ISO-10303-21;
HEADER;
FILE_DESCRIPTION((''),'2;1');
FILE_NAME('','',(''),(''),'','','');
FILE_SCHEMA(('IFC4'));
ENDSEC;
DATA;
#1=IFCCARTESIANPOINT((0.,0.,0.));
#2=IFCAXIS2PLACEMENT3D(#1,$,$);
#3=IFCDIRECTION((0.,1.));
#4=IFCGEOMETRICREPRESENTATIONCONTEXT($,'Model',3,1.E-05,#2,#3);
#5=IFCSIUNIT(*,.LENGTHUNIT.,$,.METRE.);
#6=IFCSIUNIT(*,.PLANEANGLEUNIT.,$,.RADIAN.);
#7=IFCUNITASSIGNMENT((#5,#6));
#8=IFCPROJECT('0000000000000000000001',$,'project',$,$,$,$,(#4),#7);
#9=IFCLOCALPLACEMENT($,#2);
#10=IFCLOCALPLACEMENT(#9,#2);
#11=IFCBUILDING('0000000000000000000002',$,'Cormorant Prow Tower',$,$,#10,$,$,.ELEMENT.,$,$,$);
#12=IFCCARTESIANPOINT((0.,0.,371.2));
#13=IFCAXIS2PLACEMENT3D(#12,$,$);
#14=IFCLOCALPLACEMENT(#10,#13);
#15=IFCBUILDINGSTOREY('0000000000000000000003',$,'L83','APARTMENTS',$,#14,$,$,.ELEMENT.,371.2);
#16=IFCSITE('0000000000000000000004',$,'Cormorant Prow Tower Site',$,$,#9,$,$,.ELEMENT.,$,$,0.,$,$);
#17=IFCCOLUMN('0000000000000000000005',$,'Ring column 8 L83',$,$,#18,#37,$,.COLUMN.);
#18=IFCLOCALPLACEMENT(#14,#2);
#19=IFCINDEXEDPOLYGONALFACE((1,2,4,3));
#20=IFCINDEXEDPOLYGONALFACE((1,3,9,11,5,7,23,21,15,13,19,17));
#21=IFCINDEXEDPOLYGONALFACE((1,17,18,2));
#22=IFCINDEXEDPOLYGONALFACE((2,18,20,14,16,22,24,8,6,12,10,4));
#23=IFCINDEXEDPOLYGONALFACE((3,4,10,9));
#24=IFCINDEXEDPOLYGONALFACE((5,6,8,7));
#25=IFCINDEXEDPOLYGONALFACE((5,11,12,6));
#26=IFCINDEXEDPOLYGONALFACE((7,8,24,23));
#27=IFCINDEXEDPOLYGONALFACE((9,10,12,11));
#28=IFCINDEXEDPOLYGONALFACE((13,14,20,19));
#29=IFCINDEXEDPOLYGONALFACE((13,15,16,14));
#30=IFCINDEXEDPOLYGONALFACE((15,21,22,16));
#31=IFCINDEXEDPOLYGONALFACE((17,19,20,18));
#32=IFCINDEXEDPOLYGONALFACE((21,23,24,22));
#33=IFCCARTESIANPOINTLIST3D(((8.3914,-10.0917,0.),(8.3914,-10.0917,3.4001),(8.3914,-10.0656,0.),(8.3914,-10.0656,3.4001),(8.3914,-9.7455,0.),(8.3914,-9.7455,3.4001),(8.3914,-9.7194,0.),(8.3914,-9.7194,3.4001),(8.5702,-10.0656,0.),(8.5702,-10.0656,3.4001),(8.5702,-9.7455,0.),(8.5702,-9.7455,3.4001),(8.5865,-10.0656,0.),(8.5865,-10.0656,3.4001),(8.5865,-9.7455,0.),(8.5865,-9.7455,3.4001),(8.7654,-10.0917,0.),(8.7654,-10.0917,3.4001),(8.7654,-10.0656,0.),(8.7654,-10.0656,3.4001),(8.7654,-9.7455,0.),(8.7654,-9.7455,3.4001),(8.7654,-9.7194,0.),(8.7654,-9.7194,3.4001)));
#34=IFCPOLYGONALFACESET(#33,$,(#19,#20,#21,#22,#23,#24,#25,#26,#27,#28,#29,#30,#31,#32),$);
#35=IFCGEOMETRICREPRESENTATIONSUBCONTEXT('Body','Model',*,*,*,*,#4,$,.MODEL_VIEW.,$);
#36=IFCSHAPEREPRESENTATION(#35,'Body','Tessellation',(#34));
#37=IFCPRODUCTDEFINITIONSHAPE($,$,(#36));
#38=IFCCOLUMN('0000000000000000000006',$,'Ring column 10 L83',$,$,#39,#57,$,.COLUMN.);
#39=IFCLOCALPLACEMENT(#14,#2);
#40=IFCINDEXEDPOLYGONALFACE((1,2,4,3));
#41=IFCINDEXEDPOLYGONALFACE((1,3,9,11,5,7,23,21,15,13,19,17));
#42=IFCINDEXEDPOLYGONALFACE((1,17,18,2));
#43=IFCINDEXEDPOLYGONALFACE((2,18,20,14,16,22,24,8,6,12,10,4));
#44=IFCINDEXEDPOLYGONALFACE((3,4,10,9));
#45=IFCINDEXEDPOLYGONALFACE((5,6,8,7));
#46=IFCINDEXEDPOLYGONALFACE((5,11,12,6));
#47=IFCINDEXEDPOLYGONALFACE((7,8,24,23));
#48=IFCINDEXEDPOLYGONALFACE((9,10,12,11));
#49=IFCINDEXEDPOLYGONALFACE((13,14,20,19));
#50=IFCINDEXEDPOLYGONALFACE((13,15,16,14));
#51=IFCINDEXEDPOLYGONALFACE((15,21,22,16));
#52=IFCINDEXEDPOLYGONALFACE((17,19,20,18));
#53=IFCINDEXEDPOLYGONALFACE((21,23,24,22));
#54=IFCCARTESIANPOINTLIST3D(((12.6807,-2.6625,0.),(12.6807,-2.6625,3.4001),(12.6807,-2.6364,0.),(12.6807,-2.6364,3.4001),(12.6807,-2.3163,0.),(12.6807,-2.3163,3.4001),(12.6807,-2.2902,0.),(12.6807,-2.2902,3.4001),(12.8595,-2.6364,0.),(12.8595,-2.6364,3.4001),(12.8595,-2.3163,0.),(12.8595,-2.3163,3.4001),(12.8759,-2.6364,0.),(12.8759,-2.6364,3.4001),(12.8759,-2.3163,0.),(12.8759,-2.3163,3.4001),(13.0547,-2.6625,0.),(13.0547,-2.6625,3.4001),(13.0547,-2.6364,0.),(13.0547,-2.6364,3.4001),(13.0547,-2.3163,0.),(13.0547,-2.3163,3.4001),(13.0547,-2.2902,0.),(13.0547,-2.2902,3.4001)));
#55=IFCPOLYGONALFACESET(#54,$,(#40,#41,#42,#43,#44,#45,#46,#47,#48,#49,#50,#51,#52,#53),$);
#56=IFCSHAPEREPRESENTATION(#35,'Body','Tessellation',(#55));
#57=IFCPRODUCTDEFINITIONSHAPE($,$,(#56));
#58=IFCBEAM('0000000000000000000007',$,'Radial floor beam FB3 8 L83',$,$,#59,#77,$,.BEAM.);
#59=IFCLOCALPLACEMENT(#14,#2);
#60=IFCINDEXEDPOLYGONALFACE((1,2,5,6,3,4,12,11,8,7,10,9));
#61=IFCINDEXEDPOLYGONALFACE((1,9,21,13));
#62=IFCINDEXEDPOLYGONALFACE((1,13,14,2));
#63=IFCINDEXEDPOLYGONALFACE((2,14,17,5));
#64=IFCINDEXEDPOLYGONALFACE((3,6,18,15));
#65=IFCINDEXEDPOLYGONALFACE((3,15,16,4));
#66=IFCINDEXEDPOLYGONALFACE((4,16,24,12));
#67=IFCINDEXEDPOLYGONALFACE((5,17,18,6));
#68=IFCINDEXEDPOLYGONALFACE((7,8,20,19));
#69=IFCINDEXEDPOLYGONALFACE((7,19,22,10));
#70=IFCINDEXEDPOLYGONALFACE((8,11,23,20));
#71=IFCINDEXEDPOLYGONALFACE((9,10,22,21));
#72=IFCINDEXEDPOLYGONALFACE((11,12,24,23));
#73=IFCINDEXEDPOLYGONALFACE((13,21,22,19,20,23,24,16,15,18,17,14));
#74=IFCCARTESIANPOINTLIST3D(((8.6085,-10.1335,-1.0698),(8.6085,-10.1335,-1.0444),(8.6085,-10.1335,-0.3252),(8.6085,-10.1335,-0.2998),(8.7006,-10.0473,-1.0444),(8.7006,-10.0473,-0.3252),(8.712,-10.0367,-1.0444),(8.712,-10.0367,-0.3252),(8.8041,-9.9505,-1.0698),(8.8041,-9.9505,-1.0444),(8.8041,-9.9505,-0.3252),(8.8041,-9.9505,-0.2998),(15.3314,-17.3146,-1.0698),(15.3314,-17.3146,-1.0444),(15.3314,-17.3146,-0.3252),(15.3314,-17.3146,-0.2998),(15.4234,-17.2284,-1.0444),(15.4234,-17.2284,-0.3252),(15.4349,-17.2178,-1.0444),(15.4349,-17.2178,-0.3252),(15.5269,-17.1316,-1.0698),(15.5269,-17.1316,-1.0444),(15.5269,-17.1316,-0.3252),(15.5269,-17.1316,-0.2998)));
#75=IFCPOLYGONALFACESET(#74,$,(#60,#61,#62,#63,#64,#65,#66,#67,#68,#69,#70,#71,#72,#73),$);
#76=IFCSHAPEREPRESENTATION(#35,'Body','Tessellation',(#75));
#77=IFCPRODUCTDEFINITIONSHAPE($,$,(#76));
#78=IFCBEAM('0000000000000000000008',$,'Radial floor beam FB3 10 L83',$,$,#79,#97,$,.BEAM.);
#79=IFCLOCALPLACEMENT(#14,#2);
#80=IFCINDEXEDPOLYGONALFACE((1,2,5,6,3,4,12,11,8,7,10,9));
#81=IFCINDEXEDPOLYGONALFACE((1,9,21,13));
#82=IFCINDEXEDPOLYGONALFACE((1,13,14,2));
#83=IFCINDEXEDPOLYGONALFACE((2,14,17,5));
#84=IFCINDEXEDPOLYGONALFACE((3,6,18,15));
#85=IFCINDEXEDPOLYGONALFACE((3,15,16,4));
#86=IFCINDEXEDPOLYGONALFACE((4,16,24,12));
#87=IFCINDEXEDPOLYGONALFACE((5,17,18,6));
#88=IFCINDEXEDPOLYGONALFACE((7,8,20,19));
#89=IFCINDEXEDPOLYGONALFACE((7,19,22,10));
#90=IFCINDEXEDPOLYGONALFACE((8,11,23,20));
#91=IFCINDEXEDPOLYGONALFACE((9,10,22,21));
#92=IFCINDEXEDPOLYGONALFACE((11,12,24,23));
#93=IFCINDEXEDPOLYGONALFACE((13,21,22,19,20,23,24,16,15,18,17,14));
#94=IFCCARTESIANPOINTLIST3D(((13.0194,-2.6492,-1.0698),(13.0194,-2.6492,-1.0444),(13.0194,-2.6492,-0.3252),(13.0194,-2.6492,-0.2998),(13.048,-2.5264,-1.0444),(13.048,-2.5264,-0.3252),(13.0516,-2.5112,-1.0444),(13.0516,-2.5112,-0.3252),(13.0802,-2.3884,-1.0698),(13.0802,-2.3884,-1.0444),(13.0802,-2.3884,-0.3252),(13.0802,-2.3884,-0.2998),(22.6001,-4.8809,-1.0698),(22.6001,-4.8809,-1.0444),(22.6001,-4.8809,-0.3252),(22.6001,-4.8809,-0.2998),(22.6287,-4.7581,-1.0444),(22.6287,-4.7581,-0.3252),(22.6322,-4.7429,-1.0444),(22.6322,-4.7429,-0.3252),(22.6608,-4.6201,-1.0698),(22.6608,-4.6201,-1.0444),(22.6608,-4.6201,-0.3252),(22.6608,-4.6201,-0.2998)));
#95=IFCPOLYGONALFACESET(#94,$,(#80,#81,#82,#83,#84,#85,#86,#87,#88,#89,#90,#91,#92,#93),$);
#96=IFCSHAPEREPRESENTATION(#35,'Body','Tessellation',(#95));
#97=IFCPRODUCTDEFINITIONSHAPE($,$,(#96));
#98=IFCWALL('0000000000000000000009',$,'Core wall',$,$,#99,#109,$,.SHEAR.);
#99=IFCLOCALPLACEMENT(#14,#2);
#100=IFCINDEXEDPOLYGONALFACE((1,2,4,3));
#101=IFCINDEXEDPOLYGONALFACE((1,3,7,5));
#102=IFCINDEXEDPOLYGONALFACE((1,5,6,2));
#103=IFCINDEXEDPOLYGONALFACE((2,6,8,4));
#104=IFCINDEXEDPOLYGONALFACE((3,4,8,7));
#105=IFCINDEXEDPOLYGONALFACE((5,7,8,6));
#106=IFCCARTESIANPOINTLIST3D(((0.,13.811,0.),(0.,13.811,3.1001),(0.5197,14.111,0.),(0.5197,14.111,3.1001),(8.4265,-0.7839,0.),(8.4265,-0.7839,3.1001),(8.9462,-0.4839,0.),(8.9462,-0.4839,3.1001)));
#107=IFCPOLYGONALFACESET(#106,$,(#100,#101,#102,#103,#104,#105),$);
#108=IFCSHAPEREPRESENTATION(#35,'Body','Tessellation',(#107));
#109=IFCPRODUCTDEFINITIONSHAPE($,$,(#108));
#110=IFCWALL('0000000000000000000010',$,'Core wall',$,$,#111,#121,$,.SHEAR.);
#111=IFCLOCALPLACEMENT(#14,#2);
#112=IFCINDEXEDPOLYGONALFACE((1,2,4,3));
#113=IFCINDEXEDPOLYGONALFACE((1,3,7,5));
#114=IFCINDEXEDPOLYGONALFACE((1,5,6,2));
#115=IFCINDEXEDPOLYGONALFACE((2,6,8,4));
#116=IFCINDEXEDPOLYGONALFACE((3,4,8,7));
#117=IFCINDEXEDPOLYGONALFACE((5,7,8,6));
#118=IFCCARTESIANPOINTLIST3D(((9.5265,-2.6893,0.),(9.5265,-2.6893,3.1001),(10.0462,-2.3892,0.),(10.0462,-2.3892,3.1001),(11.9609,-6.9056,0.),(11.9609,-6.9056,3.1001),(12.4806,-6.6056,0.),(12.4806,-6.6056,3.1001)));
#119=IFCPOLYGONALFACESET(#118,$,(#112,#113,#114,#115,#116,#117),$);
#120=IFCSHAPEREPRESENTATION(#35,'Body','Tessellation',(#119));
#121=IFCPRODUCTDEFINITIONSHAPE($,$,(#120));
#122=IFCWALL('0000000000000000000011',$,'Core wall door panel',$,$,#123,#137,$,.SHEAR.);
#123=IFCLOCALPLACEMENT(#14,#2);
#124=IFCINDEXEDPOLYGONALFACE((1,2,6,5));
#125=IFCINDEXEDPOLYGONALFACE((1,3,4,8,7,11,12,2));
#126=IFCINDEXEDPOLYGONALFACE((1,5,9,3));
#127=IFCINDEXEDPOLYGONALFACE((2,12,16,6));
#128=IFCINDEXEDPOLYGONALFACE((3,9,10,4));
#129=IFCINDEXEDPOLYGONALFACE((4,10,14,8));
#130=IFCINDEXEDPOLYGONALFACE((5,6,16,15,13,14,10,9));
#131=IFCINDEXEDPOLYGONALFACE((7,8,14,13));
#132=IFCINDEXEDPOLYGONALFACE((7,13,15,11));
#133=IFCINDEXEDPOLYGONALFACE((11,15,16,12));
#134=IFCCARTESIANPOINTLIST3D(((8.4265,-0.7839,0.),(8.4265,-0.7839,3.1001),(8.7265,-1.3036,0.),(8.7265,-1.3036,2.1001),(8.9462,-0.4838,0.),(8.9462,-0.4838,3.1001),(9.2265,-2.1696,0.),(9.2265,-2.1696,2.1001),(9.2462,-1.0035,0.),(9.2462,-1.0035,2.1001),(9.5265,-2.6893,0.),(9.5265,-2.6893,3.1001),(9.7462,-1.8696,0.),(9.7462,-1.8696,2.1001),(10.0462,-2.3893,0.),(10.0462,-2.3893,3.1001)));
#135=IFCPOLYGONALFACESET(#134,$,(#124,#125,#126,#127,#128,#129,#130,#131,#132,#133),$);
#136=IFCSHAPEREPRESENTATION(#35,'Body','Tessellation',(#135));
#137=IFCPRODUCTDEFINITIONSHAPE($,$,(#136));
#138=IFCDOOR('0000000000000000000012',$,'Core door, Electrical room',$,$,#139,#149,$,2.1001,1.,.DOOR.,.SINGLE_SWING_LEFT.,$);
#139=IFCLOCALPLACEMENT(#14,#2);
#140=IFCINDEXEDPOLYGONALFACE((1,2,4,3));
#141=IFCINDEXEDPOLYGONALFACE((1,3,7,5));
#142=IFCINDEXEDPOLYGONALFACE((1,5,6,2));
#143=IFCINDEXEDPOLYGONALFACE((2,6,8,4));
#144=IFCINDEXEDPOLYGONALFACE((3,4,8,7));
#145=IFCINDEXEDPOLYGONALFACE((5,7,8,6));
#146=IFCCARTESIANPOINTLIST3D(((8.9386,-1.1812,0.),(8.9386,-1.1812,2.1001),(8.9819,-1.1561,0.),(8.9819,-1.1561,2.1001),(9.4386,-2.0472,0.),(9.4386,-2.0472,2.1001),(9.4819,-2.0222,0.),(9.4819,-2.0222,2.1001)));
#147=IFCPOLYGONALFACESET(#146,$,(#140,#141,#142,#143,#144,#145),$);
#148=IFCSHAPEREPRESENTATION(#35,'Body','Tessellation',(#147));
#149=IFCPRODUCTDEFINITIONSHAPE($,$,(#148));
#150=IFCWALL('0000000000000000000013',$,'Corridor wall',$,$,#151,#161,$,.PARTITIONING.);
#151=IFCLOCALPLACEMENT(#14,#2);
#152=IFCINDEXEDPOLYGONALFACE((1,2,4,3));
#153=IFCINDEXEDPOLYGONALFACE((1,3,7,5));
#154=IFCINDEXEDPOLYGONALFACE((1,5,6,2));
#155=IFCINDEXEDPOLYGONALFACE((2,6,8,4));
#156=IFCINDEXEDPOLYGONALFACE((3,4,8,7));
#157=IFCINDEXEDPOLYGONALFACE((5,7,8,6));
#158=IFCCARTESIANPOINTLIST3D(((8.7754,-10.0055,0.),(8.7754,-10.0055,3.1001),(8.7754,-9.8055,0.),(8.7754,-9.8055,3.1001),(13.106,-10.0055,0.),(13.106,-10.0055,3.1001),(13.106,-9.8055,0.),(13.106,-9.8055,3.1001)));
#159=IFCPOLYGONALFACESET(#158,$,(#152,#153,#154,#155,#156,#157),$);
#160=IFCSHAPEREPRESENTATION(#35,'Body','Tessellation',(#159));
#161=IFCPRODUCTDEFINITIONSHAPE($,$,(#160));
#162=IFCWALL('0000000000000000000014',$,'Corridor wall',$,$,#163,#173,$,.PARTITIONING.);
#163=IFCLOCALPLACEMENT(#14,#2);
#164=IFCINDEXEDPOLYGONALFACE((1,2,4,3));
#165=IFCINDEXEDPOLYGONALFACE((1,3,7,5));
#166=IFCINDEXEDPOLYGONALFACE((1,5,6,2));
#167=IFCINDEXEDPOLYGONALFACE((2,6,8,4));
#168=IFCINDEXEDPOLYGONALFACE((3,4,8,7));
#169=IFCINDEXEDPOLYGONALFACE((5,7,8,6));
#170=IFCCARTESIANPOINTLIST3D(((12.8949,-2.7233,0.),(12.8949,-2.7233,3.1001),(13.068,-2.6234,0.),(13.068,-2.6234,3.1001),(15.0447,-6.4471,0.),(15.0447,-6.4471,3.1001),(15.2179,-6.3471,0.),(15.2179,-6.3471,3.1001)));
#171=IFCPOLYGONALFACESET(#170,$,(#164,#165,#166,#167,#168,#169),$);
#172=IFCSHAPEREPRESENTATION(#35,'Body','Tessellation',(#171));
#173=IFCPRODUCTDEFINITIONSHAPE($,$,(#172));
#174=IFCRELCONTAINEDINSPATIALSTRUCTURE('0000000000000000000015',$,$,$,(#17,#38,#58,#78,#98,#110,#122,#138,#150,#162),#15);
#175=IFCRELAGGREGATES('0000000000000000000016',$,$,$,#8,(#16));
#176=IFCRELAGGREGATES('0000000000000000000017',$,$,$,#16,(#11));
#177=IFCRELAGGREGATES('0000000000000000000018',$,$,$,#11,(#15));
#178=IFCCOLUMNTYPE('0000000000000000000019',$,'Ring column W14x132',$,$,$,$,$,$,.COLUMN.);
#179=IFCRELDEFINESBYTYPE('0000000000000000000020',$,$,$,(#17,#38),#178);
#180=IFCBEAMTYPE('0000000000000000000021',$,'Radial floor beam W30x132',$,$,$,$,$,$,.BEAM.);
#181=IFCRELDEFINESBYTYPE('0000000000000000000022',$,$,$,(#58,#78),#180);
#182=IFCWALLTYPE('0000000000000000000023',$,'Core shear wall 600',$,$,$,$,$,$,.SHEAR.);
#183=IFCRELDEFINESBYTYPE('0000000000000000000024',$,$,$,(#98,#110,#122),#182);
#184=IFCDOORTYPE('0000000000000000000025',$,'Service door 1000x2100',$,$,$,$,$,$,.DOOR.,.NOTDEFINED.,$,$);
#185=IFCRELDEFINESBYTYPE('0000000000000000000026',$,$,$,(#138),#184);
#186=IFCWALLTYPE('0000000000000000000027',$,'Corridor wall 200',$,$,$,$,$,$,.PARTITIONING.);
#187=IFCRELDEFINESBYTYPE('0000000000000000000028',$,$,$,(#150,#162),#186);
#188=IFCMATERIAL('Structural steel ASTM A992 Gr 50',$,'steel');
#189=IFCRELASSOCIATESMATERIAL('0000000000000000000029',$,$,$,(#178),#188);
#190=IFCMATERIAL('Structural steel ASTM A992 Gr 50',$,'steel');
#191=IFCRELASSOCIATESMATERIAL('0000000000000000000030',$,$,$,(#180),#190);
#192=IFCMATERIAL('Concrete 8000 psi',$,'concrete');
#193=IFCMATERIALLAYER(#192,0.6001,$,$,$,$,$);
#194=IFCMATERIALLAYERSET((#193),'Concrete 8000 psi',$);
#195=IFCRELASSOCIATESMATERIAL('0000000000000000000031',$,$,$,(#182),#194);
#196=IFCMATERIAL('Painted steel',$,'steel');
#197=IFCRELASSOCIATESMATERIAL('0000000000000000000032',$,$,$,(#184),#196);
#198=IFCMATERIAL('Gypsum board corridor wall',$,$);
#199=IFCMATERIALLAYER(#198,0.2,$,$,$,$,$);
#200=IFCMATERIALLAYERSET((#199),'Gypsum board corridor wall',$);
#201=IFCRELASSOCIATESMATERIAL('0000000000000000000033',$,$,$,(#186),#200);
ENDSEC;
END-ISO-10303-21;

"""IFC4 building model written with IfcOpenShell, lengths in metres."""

from ifc_helpers import new_model, si_unit, direction, frame, frame_2d, origin, origin_2d, place, context, subcontext, project, spatial, rectangle, i_section, extrude, material, layer, layer_set, material_profile, profile_set, type_object, element, fill, save


model = new_model("IFC4")

# Units and contexts
model_context = context("Model", 3, precision=1e-05, world=origin(), true_north=direction((0.0, 1.0)))
body_context = subcontext(model_context, "Body", "Model", "MODEL_VIEW")
ifc_project = project(units=[si_unit("LENGTHUNIT", "METRE"), si_unit("PLANEANGLEUNIT", "RADIAN")], contexts=[model_context])

# Site, building, storey
site_placement = place(None, origin())
site = spatial("IfcSite", under=ifc_project, at=site_placement, Name="Cormorant Prow Tower Site", CompositionType="ELEMENT", RefElevation=0.0)
building_placement = place(site_placement, origin())
building = spatial("IfcBuilding", under=site, at=building_placement, Name="Cormorant Prow Tower", CompositionType="ELEMENT")
storey_placement = place(building_placement, frame((0.0, 0.0, 371.2)))
storey = spatial("IfcBuildingStorey", under=building, at=storey_placement, Name="L83", Description="APARTMENTS", CompositionType="ELEMENT", Elevation=371.2)

# Columns
ifc_material_1 = material(Name="Structural steel ASTM A992 Gr 50", Category="steel")
ifc_material_profile_1 = material_profile(ifc_material_1, i_section(OverallWidth=0.374, OverallDepth=0.3723, WebThickness=0.0164, FlangeThickness=0.0261, at=origin_2d()), Name="W14x132")
ifc_profile_set_1 = profile_set([ifc_material_profile_1], Name="Structural steel ASTM A992 Gr 50")
column_type = type_object("IfcColumnType", Name="Ring column W14x132", PredefinedType="COLUMN", material=ifc_profile_set_1)
for number, where, z_axis, x_axis, name in (
    (1, (8.5784, -9.9055, 0.0), (0.0, 0.0, 1.0), (1.0, 0.0, 0.0), "Ring column 8 L83"),
    (2, (12.8677, -2.4763, 0.0), (0.0, 0.0, 1.0), (1.0, 0.0, 0.0), "Ring column 10 L83"),
):
    element("IfcColumn", number, at=place(storey_placement, frame(where, z_axis=z_axis, x_axis=x_axis)), inside=storey, type_object=column_type, Name=name, PredefinedType="COLUMN", context=body_context, shape_type="SweptSolid", body=[
        extrude(i_section(OverallWidth=0.374, OverallDepth=0.3723, WebThickness=0.0164, FlangeThickness=0.0261, at=origin_2d()), origin(), (0.0, 0.0, 1.0), 3.4001),
    ])

# Beams
ifc_material_2 = material(Name="Structural steel ASTM A992 Gr 50", Category="steel")
ifc_material_profile_2 = material_profile(ifc_material_2, i_section(OverallWidth=0.2678, OverallDepth=0.77, WebThickness=0.0156, FlangeThickness=0.0254, at=origin_2d()), Name="W30x132")
ifc_profile_set_2 = profile_set([ifc_material_profile_2], Name="Structural steel ASTM A992 Gr 50")
beam_type = type_object("IfcBeamType", Name="Radial floor beam W30x132", PredefinedType="BEAM", material=ifc_profile_set_2)
beam_1_placement = place(storey_placement, frame((8.7063, -10.042, -0.6848), z_axis=(0.683431, -0.730015, 0.0), x_axis=(0.730015, 0.683431, 0.0)))
element("IfcBeam", 3, at=beam_1_placement, inside=storey, type_object=beam_type, Name="Radial floor beam FB3 8 L83", PredefinedType="BEAM", context=body_context, shape_type="SweptSolid", body=[
    extrude(i_section(OverallWidth=0.2678, OverallDepth=0.77, WebThickness=0.0156, FlangeThickness=0.0254, at=origin_2d()), origin(), (0.0, 0.0, 1.0), 9.8369),
])
beam_2_placement = place(storey_placement, frame((13.0498, -2.5188, -0.6848), z_axis=(0.973926, -0.226866, 0.0), x_axis=(0.226866, 0.973926, 0.0)))
element("IfcBeam", 4, at=beam_2_placement, inside=storey, type_object=beam_type, Name="Radial floor beam FB3 10 L83", PredefinedType="BEAM", context=body_context, shape_type="SweptSolid", body=[
    extrude(i_section(OverallWidth=0.2678, OverallDepth=0.77, WebThickness=0.0156, FlangeThickness=0.0254, at=origin_2d()), origin(), (0.0, 0.0, 1.0), 9.8372),
])

# Walls
ifc_material_3 = material(Name="Concrete 8000 psi", Category="concrete")
ifc_layer_1 = layer(ifc_material_3, 0.6001)
ifc_layer_set_1 = layer_set([ifc_layer_1], Name="Concrete 8000 psi")
wall_type_1 = type_object("IfcWallType", Name="Core shear wall 600", PredefinedType="SHEAR", material=ifc_layer_set_1)
wall_1_placement = place(storey_placement, frame((8.6863, -0.6338, 0.0), z_axis=(0.0, 0.0, 1.0), x_axis=(-0.500005, 0.866023, 0.0)))
element("IfcWall", 5, at=wall_1_placement, inside=storey, type_object=wall_type_1, Name="Core wall", PredefinedType="SHEAR", context=body_context, shape_type="SweptSolid", body=[
    extrude(rectangle(XDim=16.8528, YDim=0.6001, at=frame_2d((8.4263, 0.0))), origin(), (0.0, 0.0, 1.0), 3.1001),
])
wall_2_placement = place(storey_placement, frame((12.2207, -6.7556, 0.0), z_axis=(0.0, 0.0, 1.0), x_axis=(-0.500006, 0.866022, 0.0)))
element("IfcWall", 6, at=wall_2_placement, inside=storey, type_object=wall_type_1, Name="Core wall", PredefinedType="SHEAR", context=body_context, shape_type="SweptSolid", body=[
    extrude(rectangle(XDim=4.8687, YDim=0.6001, at=frame_2d((2.4343, 0.0))), origin(), (0.0, 0.0, 1.0), 3.1001),
])

# Wall, opening, door
wall_3_placement = place(storey_placement, frame((9.7864, -2.5393, 0.0), z_axis=(0.0, 0.0, 1.0), x_axis=(-0.499982, 0.866036, 0.0)))
wall_3 = element("IfcWall", 7, at=wall_3_placement, inside=storey, type_object=wall_type_1, Name="Core wall door panel", PredefinedType="SHEAR", context=body_context, shape_type="SweptSolid", body=[
    extrude(rectangle(XDim=2.2002, YDim=0.6001, at=frame_2d((1.1001, 0.0))), origin(), (0.0, 0.0, 1.0), 3.1001),
])
opening_1_placement = place(wall_3_placement, frame((0.6001, 0.0, 0.0)))
opening_1 = element("IfcOpeningElement", 8, at=opening_1_placement, cuts=wall_3, PredefinedType="OPENING", context=body_context, shape_type="SweptSolid", body=[
    extrude(rectangle(XDim=1.0, YDim=2.1001, at=frame_2d((0.5, 1.05))), frame((0.0, 0.3101, 0.0), z_axis=(0.0, -1.0, 0.0), x_axis=(1.0, 0.0, 0.0)), (0.0, 0.0, 1.0), 0.6201),
])
ifc_material_4 = material(Name="Painted steel", Category="steel")
door_type_1 = type_object("IfcDoorType", Name="Service door 1000x2100", OperationType="NOTDEFINED", PredefinedType="DOOR", material=ifc_material_4)
door_1_placement = place(opening_1_placement, origin())
door_1 = element("IfcDoor", 9, at=door_1_placement, inside=storey, type_object=door_type_1, Name="Core door, Electrical room", OperationType="SINGLE_SWING_LEFT", OverallHeight=2.1001, OverallWidth=1.0, PredefinedType="DOOR", context=body_context, shape_type="SweptSolid", body=[
    extrude(rectangle(XDim=1.0, YDim=2.1001, at=frame_2d((0.5, 1.05))), frame((0.0, 0.0552, 0.0), z_axis=(0.0, -1.0, 0.0), x_axis=(1.0, 0.0, 0.0)), (0.0, 0.0, 1.0), 0.05),
])
fill(opening_1, door_1)

# Walls
ifc_material_5 = material(Name="Gypsum board corridor wall")
ifc_layer_2 = layer(ifc_material_5, 0.2)
ifc_layer_set_2 = layer_set([ifc_layer_2], Name="Gypsum board corridor wall")
wall_type_2 = type_object("IfcWallType", Name="Corridor wall 200", PredefinedType="PARTITIONING", material=ifc_layer_set_2)
wall_4_placement = place(storey_placement, frame((8.7754, -9.9055, 0.0), z_axis=(0.0, 0.0, 1.0), x_axis=(1.0, 0.0, 0.0)))
element("IfcWall", 10, at=wall_4_placement, inside=storey, type_object=wall_type_2, Name="Corridor wall", PredefinedType="PARTITIONING", context=body_context, shape_type="SweptSolid", body=[
    extrude(rectangle(XDim=4.3306, YDim=0.2, at=frame_2d((2.1653, 0.0))), origin(), (0.0, 0.0, 1.0), 3.1001),
])
wall_5_placement = place(storey_placement, frame((12.9814, -2.6733, 0.0), z_axis=(0.0, 0.0, 1.0), x_axis=(0.499986, -0.866033, 0.0)))
element("IfcWall", 11, at=wall_5_placement, inside=storey, type_object=wall_type_2, Name="Corridor wall", PredefinedType="PARTITIONING", context=body_context, shape_type="SweptSolid", body=[
    extrude(rectangle(XDim=4.2998, YDim=0.2, at=frame_2d((2.1499, 0.0))), origin(), (0.0, 0.0, 1.0), 3.1001),
])

save(model, "model.ifc")
